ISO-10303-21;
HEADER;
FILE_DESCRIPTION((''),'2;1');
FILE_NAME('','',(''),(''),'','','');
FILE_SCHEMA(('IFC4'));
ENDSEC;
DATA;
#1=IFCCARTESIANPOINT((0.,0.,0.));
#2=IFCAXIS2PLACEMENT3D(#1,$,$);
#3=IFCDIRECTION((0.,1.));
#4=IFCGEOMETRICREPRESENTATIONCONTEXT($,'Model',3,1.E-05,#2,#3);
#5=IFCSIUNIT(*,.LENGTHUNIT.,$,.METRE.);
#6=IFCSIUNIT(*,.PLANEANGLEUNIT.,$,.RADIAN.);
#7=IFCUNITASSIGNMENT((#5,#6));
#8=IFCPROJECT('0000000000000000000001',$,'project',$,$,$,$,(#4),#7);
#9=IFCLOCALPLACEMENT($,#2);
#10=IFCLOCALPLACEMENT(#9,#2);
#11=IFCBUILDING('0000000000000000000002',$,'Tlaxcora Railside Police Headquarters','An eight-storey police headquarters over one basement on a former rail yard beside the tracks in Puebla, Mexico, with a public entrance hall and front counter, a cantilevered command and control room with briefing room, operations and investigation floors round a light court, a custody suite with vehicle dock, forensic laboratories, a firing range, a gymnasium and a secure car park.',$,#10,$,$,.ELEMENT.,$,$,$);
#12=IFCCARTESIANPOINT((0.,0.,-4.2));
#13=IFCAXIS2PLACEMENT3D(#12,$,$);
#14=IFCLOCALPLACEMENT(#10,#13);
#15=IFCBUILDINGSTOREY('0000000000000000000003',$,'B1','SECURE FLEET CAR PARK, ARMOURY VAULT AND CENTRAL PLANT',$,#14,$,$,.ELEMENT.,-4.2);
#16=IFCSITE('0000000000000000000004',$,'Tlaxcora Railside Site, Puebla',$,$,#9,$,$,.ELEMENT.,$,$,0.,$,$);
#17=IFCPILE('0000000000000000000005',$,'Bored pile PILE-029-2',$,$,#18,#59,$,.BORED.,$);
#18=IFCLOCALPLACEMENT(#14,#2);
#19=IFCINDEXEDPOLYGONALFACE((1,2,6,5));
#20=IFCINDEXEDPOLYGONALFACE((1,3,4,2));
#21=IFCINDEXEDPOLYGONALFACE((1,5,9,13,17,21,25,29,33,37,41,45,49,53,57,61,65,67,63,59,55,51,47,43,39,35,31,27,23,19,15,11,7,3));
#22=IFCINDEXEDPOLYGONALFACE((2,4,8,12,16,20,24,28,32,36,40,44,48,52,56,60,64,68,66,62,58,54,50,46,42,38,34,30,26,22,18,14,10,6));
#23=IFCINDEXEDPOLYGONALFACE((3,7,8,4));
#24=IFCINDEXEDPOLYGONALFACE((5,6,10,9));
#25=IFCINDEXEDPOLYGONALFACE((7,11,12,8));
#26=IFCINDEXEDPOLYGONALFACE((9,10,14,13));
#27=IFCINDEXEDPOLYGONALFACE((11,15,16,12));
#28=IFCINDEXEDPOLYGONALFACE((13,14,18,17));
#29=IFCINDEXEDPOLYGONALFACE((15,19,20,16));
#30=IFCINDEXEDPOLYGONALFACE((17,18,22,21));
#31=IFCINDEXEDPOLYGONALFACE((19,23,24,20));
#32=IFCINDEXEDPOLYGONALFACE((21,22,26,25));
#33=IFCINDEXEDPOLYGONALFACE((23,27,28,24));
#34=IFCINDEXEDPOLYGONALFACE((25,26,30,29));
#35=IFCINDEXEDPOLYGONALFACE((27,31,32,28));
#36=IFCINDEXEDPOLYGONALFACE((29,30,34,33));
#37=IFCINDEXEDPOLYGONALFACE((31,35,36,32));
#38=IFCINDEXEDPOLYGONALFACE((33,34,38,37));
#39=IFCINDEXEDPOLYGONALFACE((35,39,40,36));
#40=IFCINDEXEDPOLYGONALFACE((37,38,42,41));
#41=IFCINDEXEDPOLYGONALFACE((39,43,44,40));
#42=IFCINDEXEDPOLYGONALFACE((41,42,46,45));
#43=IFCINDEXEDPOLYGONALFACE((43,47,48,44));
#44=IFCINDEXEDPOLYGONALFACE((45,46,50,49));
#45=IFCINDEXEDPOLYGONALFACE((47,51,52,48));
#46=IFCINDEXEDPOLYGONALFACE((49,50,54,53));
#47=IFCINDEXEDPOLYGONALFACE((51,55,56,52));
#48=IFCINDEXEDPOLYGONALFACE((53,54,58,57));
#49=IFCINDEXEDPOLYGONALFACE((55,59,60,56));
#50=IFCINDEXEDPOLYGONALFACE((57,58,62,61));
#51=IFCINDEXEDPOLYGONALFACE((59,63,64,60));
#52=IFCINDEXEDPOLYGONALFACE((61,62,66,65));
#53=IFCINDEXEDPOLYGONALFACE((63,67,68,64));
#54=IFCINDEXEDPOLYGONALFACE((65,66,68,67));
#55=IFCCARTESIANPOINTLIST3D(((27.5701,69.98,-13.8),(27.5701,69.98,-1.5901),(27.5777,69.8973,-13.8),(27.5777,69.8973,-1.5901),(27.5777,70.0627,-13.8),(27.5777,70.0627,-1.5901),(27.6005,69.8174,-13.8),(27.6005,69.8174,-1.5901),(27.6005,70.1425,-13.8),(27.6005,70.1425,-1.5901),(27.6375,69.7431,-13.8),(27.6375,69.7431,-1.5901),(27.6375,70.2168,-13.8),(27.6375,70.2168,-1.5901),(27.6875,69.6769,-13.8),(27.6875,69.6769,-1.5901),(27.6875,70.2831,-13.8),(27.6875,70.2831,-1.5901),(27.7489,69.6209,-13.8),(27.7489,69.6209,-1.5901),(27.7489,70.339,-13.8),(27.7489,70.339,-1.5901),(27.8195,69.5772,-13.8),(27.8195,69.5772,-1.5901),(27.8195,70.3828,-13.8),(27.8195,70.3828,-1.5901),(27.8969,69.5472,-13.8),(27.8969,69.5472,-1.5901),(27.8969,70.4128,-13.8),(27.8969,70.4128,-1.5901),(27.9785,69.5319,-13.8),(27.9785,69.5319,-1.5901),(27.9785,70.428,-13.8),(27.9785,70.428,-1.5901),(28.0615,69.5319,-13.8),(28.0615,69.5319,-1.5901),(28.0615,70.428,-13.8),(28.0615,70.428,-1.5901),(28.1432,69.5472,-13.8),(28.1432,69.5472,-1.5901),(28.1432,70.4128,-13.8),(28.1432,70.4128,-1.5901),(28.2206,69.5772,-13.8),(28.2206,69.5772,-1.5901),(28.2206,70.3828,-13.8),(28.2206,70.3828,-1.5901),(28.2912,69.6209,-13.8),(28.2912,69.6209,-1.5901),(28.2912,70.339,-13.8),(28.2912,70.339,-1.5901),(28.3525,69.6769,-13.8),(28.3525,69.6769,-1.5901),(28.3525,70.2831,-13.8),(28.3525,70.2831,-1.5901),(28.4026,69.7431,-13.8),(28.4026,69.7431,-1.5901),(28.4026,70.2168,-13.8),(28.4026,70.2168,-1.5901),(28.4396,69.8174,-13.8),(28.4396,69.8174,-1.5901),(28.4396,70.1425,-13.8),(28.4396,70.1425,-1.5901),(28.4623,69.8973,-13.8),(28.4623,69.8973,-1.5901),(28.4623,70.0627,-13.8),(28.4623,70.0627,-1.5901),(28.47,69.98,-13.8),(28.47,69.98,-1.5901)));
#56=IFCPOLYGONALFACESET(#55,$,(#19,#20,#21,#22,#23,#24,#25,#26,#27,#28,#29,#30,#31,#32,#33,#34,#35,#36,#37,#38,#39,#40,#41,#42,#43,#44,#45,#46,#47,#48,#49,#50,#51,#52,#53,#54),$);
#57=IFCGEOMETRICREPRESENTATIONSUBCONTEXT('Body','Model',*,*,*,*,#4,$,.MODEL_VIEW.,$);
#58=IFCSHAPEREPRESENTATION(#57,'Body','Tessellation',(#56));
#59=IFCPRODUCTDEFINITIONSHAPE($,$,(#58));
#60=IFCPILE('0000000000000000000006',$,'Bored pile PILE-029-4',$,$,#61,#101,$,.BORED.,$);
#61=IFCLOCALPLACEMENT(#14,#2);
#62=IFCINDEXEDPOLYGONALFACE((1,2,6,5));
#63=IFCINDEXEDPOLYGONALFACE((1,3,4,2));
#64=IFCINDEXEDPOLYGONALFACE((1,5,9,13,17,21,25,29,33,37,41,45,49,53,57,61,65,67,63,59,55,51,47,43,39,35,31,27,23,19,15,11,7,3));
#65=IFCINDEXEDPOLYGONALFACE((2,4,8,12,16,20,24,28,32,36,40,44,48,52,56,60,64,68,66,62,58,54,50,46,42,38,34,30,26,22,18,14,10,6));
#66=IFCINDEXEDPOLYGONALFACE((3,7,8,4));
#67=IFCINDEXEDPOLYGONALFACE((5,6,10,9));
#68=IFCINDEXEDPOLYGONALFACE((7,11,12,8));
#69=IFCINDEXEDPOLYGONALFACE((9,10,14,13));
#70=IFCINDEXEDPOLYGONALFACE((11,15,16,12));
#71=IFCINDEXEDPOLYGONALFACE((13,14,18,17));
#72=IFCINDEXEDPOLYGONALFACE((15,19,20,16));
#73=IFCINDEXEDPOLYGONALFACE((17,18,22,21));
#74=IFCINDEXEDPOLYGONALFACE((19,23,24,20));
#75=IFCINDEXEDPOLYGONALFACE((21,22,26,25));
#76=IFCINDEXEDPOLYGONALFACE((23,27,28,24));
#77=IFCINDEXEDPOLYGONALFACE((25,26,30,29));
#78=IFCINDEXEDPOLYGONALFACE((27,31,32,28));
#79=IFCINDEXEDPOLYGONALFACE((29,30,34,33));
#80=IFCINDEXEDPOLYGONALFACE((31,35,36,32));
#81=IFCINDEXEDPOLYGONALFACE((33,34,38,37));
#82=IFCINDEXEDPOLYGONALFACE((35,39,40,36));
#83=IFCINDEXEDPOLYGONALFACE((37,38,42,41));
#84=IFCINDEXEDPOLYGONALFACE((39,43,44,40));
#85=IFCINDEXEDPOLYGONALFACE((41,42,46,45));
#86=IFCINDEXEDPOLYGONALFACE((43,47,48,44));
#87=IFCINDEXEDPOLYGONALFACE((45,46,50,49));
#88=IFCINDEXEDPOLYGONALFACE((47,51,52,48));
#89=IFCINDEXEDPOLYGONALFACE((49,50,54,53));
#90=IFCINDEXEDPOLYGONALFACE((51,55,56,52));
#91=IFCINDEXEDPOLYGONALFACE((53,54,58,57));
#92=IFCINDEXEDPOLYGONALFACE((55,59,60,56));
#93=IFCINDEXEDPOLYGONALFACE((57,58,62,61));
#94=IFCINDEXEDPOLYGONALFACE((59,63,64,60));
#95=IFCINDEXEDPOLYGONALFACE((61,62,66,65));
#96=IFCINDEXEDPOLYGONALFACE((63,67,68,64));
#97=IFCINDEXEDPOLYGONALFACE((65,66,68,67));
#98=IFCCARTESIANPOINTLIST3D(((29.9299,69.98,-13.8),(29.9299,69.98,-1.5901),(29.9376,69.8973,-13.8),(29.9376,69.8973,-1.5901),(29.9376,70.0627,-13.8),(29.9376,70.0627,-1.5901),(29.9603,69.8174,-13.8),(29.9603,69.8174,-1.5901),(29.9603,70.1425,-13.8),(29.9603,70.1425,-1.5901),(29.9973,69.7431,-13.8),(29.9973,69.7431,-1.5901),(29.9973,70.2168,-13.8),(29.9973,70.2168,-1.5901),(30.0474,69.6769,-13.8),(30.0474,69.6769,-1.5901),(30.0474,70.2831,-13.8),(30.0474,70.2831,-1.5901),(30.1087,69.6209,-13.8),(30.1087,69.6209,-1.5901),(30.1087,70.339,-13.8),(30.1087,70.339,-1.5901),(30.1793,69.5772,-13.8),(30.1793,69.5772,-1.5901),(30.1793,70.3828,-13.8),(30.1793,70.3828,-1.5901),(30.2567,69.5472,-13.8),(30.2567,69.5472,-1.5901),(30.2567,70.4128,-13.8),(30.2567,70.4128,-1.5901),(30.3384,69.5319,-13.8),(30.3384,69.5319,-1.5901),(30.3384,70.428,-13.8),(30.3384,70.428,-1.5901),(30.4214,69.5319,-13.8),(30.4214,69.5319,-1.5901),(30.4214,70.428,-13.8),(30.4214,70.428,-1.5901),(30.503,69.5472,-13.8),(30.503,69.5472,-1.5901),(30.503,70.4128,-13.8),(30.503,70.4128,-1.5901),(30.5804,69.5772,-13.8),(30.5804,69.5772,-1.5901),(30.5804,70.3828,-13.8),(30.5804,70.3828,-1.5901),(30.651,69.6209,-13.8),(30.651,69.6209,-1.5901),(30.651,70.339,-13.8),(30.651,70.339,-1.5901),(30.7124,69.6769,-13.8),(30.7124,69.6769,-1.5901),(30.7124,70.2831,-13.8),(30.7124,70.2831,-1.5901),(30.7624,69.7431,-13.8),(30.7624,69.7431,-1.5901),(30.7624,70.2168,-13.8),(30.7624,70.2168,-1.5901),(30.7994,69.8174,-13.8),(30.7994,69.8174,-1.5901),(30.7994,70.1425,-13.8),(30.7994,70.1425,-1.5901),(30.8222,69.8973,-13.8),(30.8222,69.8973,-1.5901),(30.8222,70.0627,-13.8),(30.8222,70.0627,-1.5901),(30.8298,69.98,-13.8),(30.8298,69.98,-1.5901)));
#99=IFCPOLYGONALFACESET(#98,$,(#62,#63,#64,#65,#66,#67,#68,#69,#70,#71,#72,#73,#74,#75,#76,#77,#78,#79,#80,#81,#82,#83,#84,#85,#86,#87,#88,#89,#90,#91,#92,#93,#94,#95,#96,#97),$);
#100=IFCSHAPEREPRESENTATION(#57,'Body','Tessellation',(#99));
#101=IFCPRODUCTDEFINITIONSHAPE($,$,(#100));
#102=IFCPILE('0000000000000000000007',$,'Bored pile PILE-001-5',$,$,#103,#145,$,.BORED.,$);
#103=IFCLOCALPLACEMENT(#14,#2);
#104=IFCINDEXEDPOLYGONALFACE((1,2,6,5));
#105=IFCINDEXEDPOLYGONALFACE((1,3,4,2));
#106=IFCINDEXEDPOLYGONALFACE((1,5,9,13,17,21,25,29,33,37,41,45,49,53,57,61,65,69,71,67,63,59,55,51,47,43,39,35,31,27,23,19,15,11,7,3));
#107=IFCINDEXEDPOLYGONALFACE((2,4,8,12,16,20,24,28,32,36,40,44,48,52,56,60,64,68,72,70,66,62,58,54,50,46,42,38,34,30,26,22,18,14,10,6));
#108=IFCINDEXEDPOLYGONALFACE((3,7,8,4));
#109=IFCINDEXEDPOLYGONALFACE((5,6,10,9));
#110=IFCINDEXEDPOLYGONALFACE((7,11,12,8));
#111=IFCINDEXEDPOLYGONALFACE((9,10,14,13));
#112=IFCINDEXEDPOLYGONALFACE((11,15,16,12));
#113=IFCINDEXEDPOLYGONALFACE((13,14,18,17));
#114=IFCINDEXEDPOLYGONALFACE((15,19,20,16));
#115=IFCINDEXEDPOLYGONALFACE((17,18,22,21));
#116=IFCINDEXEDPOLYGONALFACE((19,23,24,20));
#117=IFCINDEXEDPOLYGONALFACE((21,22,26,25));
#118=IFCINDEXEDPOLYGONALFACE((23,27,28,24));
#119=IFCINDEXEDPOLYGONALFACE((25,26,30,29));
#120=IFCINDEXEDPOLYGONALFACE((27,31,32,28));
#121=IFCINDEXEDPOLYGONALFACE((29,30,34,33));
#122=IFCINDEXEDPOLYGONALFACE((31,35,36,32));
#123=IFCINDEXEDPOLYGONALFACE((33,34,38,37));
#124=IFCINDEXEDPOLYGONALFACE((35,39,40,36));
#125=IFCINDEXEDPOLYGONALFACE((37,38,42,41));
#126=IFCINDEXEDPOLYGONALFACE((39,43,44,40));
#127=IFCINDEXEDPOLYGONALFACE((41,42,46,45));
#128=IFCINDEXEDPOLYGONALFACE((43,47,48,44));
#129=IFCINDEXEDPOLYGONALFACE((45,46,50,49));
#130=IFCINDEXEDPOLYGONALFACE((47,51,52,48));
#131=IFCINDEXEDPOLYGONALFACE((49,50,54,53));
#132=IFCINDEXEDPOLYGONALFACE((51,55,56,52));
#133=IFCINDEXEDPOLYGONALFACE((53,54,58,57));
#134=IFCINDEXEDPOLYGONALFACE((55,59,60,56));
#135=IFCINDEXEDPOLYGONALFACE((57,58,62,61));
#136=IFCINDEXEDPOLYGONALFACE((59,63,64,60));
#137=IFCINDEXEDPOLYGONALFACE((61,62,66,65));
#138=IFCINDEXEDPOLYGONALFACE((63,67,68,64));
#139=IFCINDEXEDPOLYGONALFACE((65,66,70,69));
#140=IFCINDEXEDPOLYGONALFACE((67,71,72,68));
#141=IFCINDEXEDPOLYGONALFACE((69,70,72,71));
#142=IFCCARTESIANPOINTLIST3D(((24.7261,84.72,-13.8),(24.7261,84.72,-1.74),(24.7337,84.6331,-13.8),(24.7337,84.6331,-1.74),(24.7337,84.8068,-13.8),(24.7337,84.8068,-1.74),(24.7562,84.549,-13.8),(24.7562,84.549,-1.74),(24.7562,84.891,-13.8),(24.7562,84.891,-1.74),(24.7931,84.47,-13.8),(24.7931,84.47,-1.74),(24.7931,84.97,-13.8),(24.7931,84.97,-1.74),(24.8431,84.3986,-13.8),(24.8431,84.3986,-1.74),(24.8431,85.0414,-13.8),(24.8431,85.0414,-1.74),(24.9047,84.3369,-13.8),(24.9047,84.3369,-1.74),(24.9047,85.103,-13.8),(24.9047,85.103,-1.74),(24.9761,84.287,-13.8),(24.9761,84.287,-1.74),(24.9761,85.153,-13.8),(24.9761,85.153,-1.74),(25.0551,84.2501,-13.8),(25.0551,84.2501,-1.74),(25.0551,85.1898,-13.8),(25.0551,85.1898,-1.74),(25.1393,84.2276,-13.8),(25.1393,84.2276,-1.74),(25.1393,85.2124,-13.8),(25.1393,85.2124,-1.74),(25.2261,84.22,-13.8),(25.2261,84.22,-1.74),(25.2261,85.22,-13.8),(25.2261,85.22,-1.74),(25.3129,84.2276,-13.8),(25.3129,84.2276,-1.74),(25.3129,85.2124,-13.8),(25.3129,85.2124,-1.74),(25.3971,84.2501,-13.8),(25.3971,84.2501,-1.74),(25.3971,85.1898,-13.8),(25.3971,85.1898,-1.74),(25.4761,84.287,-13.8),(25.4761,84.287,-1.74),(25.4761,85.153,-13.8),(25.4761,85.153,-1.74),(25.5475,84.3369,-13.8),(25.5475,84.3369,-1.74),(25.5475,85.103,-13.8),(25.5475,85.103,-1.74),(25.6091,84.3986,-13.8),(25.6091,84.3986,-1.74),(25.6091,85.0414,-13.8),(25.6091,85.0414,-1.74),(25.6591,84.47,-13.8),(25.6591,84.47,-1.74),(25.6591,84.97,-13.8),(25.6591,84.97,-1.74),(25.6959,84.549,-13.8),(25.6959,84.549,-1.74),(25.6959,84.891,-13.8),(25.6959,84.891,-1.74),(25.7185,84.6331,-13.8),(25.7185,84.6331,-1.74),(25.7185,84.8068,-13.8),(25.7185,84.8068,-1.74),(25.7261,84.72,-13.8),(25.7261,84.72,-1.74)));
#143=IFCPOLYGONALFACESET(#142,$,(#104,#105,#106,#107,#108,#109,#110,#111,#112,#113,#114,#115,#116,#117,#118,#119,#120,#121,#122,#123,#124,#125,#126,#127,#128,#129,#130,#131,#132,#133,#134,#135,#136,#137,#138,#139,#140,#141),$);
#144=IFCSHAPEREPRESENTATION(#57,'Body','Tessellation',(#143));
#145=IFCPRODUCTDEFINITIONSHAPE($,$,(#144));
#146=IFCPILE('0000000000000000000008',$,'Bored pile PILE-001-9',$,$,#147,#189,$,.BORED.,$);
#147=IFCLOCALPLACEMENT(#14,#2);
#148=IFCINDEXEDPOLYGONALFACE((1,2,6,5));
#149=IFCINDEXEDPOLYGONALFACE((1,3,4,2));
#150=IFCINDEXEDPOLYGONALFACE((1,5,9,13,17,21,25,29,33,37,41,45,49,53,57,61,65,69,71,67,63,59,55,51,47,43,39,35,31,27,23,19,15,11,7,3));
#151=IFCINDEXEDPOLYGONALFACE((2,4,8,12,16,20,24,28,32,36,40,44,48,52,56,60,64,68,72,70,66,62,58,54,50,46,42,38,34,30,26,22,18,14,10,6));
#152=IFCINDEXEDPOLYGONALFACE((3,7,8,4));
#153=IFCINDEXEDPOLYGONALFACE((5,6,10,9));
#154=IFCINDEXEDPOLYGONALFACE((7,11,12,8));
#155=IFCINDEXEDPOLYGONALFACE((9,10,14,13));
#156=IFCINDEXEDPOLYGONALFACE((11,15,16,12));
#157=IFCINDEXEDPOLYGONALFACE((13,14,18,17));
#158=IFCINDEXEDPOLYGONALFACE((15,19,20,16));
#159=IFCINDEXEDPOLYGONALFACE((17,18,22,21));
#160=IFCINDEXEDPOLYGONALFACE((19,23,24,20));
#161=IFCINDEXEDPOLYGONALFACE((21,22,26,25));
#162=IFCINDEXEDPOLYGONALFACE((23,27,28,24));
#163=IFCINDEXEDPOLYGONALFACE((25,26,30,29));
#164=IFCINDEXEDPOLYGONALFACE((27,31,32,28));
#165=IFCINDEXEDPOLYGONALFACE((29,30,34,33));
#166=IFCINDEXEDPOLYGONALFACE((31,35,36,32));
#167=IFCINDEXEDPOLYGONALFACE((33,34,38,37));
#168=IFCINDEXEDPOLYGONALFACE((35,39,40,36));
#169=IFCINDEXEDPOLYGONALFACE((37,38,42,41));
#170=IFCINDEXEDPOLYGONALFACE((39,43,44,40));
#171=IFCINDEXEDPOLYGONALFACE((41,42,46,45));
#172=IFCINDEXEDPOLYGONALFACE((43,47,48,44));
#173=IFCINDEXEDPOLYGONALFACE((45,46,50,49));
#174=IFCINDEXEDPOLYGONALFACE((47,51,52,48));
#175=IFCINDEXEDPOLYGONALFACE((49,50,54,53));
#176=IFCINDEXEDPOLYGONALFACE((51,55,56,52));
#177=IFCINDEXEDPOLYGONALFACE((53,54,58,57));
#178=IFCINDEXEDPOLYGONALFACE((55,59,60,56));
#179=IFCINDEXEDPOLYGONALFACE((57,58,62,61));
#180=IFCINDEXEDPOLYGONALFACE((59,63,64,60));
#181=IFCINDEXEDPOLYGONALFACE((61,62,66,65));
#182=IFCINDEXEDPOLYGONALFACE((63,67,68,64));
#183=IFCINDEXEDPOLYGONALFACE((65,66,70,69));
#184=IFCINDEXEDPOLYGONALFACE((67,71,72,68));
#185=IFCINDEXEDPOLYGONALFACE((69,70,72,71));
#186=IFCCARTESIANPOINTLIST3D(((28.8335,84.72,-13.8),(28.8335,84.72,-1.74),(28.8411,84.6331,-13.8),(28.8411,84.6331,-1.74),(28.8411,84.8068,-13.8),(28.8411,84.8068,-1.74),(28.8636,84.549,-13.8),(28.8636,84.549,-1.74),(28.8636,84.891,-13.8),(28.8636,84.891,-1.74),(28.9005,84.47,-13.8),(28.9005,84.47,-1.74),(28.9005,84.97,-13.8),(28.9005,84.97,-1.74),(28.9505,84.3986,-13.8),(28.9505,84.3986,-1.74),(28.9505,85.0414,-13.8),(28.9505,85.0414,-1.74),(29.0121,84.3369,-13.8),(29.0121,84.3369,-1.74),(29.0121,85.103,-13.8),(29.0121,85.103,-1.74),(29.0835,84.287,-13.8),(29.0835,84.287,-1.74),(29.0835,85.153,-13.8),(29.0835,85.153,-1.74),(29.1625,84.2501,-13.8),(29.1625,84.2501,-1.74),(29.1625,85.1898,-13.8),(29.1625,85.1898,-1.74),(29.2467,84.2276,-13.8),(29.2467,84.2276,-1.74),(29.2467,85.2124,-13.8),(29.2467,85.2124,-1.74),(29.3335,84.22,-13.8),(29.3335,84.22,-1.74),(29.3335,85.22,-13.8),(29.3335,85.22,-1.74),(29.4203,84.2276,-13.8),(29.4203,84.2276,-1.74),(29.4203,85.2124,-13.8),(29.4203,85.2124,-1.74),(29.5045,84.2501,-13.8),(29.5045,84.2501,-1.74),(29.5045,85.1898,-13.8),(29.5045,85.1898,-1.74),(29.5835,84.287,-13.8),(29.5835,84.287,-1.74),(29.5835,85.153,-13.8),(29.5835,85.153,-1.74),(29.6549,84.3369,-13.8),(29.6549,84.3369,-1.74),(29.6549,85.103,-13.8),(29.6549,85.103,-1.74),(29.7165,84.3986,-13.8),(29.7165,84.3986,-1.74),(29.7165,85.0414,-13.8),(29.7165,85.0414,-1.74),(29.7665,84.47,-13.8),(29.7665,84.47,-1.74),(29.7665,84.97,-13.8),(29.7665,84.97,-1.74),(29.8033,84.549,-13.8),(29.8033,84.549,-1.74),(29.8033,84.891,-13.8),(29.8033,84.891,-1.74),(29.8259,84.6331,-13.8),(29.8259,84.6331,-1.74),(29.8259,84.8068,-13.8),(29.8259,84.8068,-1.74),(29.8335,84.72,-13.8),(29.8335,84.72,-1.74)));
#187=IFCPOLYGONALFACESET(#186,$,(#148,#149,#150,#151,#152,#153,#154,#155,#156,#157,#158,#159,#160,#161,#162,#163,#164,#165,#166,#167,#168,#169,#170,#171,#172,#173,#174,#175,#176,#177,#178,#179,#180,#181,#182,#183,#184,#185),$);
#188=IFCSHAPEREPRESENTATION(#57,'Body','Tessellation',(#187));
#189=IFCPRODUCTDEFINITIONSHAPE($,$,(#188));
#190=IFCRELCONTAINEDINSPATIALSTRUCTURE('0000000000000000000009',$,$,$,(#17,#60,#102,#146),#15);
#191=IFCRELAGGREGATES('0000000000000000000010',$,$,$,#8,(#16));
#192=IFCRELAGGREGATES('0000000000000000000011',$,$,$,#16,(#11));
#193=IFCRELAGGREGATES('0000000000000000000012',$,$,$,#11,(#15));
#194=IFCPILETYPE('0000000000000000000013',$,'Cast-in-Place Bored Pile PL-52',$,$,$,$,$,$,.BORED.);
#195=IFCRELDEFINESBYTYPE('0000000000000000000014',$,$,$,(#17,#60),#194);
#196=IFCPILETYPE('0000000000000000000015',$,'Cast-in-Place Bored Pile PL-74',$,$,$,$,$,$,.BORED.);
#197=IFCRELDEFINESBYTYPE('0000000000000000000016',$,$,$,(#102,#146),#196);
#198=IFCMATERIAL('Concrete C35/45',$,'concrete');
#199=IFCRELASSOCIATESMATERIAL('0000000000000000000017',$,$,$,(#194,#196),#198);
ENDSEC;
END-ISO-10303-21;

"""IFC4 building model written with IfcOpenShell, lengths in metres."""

from ifc_helpers import new_model, si_unit, direction, frame, origin, origin_2d, place, context, subcontext, project, spatial, circle, extrude, material, material_profile, profile_set, type_object, element, save


model = new_model("IFC4")

# Units and contexts
model_context = context("Model", 3, precision=1e-05, world=origin(), true_north=direction((0.0, 1.0)))
body_context = subcontext(model_context, "Body", "Model", "MODEL_VIEW")
ifc_project = project(units=[si_unit("LENGTHUNIT", "METRE"), si_unit("PLANEANGLEUNIT", "RADIAN")], contexts=[model_context])

# Site, building, storey
site_placement = place(None, origin())
site = spatial("IfcSite", under=ifc_project, at=site_placement, Name="Tlaxcora Railside Site, Puebla", CompositionType="ELEMENT", RefElevation=0.0)
building_placement = place(site_placement, origin())
building = spatial("IfcBuilding", under=site, at=building_placement, Name="Tlaxcora Railside Police Headquarters", Description="An eight-storey police headquarters over one basement on a former rail yard beside the tracks in Puebla, Mexico, with a public entrance hall and front counter, a cantilevered command and control room with briefing room, operations and investigation floors round a light court, a custody suite with vehicle dock, forensic laboratories, a firing range, a gymnasium and a secure car park.", CompositionType="ELEMENT")
storey_placement = place(building_placement, frame((0.0, 0.0, -4.2)))
storey = spatial("IfcBuildingStorey", under=building, at=storey_placement, Name="B1", Description="SECURE FLEET CAR PARK, ARMOURY VAULT AND CENTRAL PLANT", CompositionType="ELEMENT", Elevation=-4.2)

# Piles
ifc_material_1 = material(Name="Concrete C35/45", Category="concrete")
ifc_material_profile_1 = material_profile(ifc_material_1, circle(Radius=0.45, at=origin_2d()), Name="PILE900")
ifc_profile_set_1 = profile_set([ifc_material_profile_1], Name="Concrete C35/45")
pile_type_1 = type_object("IfcPileType", Name="Cast-in-Place Bored Pile PL-52", PredefinedType="BORED", material=ifc_profile_set_1)
for number, where, z_axis, x_axis, name in (
    (1, (28.02, 69.98, -1.5901), (0.0, 0.0, -1.0), (1.0, 0.0, 0.0), "Bored pile PILE-029-2"),
    (2, (30.3799, 69.98, -1.5901), (0.0, 0.0, -1.0), (1.0, 0.0, 0.0), "Bored pile PILE-029-4"),
):
    element("IfcPile", number, at=place(storey_placement, frame(where, z_axis=z_axis, x_axis=x_axis)), inside=storey, type_object=pile_type_1, Name=name, PredefinedType="BORED", context=body_context, shape_type="SweptSolid", body=[
        extrude(circle(Radius=0.45, at=origin_2d()), origin(), (0.0, 0.0, 1.0), 12.21),
    ])
ifc_material_profile_2 = material_profile(ifc_material_1, circle(Radius=0.5, at=origin_2d()), Name="PILE1000")
ifc_profile_set_2 = profile_set([ifc_material_profile_2], Name="Concrete C35/45")
pile_type_2 = type_object("IfcPileType", Name="Cast-in-Place Bored Pile PL-74", PredefinedType="BORED", material=ifc_profile_set_2)
for number, where, z_axis, x_axis, name in (
    (3, (25.2261, 84.72, -1.74), (0.0, 0.0, -1.0), (1.0, 0.0, 0.0), "Bored pile PILE-001-5"),
    (4, (29.3335, 84.72, -1.74), (0.0, 0.0, -1.0), (1.0, 0.0, 0.0), "Bored pile PILE-001-9"),
):
    element("IfcPile", number, at=place(storey_placement, frame(where, z_axis=z_axis, x_axis=x_axis)), inside=storey, type_object=pile_type_2, Name=name, PredefinedType="BORED", context=body_context, shape_type="SweptSolid", body=[
        extrude(circle(Radius=0.5, at=origin_2d()), origin(), (0.0, 0.0, 1.0), 12.0601),
    ])

save(model, "model.ifc")
